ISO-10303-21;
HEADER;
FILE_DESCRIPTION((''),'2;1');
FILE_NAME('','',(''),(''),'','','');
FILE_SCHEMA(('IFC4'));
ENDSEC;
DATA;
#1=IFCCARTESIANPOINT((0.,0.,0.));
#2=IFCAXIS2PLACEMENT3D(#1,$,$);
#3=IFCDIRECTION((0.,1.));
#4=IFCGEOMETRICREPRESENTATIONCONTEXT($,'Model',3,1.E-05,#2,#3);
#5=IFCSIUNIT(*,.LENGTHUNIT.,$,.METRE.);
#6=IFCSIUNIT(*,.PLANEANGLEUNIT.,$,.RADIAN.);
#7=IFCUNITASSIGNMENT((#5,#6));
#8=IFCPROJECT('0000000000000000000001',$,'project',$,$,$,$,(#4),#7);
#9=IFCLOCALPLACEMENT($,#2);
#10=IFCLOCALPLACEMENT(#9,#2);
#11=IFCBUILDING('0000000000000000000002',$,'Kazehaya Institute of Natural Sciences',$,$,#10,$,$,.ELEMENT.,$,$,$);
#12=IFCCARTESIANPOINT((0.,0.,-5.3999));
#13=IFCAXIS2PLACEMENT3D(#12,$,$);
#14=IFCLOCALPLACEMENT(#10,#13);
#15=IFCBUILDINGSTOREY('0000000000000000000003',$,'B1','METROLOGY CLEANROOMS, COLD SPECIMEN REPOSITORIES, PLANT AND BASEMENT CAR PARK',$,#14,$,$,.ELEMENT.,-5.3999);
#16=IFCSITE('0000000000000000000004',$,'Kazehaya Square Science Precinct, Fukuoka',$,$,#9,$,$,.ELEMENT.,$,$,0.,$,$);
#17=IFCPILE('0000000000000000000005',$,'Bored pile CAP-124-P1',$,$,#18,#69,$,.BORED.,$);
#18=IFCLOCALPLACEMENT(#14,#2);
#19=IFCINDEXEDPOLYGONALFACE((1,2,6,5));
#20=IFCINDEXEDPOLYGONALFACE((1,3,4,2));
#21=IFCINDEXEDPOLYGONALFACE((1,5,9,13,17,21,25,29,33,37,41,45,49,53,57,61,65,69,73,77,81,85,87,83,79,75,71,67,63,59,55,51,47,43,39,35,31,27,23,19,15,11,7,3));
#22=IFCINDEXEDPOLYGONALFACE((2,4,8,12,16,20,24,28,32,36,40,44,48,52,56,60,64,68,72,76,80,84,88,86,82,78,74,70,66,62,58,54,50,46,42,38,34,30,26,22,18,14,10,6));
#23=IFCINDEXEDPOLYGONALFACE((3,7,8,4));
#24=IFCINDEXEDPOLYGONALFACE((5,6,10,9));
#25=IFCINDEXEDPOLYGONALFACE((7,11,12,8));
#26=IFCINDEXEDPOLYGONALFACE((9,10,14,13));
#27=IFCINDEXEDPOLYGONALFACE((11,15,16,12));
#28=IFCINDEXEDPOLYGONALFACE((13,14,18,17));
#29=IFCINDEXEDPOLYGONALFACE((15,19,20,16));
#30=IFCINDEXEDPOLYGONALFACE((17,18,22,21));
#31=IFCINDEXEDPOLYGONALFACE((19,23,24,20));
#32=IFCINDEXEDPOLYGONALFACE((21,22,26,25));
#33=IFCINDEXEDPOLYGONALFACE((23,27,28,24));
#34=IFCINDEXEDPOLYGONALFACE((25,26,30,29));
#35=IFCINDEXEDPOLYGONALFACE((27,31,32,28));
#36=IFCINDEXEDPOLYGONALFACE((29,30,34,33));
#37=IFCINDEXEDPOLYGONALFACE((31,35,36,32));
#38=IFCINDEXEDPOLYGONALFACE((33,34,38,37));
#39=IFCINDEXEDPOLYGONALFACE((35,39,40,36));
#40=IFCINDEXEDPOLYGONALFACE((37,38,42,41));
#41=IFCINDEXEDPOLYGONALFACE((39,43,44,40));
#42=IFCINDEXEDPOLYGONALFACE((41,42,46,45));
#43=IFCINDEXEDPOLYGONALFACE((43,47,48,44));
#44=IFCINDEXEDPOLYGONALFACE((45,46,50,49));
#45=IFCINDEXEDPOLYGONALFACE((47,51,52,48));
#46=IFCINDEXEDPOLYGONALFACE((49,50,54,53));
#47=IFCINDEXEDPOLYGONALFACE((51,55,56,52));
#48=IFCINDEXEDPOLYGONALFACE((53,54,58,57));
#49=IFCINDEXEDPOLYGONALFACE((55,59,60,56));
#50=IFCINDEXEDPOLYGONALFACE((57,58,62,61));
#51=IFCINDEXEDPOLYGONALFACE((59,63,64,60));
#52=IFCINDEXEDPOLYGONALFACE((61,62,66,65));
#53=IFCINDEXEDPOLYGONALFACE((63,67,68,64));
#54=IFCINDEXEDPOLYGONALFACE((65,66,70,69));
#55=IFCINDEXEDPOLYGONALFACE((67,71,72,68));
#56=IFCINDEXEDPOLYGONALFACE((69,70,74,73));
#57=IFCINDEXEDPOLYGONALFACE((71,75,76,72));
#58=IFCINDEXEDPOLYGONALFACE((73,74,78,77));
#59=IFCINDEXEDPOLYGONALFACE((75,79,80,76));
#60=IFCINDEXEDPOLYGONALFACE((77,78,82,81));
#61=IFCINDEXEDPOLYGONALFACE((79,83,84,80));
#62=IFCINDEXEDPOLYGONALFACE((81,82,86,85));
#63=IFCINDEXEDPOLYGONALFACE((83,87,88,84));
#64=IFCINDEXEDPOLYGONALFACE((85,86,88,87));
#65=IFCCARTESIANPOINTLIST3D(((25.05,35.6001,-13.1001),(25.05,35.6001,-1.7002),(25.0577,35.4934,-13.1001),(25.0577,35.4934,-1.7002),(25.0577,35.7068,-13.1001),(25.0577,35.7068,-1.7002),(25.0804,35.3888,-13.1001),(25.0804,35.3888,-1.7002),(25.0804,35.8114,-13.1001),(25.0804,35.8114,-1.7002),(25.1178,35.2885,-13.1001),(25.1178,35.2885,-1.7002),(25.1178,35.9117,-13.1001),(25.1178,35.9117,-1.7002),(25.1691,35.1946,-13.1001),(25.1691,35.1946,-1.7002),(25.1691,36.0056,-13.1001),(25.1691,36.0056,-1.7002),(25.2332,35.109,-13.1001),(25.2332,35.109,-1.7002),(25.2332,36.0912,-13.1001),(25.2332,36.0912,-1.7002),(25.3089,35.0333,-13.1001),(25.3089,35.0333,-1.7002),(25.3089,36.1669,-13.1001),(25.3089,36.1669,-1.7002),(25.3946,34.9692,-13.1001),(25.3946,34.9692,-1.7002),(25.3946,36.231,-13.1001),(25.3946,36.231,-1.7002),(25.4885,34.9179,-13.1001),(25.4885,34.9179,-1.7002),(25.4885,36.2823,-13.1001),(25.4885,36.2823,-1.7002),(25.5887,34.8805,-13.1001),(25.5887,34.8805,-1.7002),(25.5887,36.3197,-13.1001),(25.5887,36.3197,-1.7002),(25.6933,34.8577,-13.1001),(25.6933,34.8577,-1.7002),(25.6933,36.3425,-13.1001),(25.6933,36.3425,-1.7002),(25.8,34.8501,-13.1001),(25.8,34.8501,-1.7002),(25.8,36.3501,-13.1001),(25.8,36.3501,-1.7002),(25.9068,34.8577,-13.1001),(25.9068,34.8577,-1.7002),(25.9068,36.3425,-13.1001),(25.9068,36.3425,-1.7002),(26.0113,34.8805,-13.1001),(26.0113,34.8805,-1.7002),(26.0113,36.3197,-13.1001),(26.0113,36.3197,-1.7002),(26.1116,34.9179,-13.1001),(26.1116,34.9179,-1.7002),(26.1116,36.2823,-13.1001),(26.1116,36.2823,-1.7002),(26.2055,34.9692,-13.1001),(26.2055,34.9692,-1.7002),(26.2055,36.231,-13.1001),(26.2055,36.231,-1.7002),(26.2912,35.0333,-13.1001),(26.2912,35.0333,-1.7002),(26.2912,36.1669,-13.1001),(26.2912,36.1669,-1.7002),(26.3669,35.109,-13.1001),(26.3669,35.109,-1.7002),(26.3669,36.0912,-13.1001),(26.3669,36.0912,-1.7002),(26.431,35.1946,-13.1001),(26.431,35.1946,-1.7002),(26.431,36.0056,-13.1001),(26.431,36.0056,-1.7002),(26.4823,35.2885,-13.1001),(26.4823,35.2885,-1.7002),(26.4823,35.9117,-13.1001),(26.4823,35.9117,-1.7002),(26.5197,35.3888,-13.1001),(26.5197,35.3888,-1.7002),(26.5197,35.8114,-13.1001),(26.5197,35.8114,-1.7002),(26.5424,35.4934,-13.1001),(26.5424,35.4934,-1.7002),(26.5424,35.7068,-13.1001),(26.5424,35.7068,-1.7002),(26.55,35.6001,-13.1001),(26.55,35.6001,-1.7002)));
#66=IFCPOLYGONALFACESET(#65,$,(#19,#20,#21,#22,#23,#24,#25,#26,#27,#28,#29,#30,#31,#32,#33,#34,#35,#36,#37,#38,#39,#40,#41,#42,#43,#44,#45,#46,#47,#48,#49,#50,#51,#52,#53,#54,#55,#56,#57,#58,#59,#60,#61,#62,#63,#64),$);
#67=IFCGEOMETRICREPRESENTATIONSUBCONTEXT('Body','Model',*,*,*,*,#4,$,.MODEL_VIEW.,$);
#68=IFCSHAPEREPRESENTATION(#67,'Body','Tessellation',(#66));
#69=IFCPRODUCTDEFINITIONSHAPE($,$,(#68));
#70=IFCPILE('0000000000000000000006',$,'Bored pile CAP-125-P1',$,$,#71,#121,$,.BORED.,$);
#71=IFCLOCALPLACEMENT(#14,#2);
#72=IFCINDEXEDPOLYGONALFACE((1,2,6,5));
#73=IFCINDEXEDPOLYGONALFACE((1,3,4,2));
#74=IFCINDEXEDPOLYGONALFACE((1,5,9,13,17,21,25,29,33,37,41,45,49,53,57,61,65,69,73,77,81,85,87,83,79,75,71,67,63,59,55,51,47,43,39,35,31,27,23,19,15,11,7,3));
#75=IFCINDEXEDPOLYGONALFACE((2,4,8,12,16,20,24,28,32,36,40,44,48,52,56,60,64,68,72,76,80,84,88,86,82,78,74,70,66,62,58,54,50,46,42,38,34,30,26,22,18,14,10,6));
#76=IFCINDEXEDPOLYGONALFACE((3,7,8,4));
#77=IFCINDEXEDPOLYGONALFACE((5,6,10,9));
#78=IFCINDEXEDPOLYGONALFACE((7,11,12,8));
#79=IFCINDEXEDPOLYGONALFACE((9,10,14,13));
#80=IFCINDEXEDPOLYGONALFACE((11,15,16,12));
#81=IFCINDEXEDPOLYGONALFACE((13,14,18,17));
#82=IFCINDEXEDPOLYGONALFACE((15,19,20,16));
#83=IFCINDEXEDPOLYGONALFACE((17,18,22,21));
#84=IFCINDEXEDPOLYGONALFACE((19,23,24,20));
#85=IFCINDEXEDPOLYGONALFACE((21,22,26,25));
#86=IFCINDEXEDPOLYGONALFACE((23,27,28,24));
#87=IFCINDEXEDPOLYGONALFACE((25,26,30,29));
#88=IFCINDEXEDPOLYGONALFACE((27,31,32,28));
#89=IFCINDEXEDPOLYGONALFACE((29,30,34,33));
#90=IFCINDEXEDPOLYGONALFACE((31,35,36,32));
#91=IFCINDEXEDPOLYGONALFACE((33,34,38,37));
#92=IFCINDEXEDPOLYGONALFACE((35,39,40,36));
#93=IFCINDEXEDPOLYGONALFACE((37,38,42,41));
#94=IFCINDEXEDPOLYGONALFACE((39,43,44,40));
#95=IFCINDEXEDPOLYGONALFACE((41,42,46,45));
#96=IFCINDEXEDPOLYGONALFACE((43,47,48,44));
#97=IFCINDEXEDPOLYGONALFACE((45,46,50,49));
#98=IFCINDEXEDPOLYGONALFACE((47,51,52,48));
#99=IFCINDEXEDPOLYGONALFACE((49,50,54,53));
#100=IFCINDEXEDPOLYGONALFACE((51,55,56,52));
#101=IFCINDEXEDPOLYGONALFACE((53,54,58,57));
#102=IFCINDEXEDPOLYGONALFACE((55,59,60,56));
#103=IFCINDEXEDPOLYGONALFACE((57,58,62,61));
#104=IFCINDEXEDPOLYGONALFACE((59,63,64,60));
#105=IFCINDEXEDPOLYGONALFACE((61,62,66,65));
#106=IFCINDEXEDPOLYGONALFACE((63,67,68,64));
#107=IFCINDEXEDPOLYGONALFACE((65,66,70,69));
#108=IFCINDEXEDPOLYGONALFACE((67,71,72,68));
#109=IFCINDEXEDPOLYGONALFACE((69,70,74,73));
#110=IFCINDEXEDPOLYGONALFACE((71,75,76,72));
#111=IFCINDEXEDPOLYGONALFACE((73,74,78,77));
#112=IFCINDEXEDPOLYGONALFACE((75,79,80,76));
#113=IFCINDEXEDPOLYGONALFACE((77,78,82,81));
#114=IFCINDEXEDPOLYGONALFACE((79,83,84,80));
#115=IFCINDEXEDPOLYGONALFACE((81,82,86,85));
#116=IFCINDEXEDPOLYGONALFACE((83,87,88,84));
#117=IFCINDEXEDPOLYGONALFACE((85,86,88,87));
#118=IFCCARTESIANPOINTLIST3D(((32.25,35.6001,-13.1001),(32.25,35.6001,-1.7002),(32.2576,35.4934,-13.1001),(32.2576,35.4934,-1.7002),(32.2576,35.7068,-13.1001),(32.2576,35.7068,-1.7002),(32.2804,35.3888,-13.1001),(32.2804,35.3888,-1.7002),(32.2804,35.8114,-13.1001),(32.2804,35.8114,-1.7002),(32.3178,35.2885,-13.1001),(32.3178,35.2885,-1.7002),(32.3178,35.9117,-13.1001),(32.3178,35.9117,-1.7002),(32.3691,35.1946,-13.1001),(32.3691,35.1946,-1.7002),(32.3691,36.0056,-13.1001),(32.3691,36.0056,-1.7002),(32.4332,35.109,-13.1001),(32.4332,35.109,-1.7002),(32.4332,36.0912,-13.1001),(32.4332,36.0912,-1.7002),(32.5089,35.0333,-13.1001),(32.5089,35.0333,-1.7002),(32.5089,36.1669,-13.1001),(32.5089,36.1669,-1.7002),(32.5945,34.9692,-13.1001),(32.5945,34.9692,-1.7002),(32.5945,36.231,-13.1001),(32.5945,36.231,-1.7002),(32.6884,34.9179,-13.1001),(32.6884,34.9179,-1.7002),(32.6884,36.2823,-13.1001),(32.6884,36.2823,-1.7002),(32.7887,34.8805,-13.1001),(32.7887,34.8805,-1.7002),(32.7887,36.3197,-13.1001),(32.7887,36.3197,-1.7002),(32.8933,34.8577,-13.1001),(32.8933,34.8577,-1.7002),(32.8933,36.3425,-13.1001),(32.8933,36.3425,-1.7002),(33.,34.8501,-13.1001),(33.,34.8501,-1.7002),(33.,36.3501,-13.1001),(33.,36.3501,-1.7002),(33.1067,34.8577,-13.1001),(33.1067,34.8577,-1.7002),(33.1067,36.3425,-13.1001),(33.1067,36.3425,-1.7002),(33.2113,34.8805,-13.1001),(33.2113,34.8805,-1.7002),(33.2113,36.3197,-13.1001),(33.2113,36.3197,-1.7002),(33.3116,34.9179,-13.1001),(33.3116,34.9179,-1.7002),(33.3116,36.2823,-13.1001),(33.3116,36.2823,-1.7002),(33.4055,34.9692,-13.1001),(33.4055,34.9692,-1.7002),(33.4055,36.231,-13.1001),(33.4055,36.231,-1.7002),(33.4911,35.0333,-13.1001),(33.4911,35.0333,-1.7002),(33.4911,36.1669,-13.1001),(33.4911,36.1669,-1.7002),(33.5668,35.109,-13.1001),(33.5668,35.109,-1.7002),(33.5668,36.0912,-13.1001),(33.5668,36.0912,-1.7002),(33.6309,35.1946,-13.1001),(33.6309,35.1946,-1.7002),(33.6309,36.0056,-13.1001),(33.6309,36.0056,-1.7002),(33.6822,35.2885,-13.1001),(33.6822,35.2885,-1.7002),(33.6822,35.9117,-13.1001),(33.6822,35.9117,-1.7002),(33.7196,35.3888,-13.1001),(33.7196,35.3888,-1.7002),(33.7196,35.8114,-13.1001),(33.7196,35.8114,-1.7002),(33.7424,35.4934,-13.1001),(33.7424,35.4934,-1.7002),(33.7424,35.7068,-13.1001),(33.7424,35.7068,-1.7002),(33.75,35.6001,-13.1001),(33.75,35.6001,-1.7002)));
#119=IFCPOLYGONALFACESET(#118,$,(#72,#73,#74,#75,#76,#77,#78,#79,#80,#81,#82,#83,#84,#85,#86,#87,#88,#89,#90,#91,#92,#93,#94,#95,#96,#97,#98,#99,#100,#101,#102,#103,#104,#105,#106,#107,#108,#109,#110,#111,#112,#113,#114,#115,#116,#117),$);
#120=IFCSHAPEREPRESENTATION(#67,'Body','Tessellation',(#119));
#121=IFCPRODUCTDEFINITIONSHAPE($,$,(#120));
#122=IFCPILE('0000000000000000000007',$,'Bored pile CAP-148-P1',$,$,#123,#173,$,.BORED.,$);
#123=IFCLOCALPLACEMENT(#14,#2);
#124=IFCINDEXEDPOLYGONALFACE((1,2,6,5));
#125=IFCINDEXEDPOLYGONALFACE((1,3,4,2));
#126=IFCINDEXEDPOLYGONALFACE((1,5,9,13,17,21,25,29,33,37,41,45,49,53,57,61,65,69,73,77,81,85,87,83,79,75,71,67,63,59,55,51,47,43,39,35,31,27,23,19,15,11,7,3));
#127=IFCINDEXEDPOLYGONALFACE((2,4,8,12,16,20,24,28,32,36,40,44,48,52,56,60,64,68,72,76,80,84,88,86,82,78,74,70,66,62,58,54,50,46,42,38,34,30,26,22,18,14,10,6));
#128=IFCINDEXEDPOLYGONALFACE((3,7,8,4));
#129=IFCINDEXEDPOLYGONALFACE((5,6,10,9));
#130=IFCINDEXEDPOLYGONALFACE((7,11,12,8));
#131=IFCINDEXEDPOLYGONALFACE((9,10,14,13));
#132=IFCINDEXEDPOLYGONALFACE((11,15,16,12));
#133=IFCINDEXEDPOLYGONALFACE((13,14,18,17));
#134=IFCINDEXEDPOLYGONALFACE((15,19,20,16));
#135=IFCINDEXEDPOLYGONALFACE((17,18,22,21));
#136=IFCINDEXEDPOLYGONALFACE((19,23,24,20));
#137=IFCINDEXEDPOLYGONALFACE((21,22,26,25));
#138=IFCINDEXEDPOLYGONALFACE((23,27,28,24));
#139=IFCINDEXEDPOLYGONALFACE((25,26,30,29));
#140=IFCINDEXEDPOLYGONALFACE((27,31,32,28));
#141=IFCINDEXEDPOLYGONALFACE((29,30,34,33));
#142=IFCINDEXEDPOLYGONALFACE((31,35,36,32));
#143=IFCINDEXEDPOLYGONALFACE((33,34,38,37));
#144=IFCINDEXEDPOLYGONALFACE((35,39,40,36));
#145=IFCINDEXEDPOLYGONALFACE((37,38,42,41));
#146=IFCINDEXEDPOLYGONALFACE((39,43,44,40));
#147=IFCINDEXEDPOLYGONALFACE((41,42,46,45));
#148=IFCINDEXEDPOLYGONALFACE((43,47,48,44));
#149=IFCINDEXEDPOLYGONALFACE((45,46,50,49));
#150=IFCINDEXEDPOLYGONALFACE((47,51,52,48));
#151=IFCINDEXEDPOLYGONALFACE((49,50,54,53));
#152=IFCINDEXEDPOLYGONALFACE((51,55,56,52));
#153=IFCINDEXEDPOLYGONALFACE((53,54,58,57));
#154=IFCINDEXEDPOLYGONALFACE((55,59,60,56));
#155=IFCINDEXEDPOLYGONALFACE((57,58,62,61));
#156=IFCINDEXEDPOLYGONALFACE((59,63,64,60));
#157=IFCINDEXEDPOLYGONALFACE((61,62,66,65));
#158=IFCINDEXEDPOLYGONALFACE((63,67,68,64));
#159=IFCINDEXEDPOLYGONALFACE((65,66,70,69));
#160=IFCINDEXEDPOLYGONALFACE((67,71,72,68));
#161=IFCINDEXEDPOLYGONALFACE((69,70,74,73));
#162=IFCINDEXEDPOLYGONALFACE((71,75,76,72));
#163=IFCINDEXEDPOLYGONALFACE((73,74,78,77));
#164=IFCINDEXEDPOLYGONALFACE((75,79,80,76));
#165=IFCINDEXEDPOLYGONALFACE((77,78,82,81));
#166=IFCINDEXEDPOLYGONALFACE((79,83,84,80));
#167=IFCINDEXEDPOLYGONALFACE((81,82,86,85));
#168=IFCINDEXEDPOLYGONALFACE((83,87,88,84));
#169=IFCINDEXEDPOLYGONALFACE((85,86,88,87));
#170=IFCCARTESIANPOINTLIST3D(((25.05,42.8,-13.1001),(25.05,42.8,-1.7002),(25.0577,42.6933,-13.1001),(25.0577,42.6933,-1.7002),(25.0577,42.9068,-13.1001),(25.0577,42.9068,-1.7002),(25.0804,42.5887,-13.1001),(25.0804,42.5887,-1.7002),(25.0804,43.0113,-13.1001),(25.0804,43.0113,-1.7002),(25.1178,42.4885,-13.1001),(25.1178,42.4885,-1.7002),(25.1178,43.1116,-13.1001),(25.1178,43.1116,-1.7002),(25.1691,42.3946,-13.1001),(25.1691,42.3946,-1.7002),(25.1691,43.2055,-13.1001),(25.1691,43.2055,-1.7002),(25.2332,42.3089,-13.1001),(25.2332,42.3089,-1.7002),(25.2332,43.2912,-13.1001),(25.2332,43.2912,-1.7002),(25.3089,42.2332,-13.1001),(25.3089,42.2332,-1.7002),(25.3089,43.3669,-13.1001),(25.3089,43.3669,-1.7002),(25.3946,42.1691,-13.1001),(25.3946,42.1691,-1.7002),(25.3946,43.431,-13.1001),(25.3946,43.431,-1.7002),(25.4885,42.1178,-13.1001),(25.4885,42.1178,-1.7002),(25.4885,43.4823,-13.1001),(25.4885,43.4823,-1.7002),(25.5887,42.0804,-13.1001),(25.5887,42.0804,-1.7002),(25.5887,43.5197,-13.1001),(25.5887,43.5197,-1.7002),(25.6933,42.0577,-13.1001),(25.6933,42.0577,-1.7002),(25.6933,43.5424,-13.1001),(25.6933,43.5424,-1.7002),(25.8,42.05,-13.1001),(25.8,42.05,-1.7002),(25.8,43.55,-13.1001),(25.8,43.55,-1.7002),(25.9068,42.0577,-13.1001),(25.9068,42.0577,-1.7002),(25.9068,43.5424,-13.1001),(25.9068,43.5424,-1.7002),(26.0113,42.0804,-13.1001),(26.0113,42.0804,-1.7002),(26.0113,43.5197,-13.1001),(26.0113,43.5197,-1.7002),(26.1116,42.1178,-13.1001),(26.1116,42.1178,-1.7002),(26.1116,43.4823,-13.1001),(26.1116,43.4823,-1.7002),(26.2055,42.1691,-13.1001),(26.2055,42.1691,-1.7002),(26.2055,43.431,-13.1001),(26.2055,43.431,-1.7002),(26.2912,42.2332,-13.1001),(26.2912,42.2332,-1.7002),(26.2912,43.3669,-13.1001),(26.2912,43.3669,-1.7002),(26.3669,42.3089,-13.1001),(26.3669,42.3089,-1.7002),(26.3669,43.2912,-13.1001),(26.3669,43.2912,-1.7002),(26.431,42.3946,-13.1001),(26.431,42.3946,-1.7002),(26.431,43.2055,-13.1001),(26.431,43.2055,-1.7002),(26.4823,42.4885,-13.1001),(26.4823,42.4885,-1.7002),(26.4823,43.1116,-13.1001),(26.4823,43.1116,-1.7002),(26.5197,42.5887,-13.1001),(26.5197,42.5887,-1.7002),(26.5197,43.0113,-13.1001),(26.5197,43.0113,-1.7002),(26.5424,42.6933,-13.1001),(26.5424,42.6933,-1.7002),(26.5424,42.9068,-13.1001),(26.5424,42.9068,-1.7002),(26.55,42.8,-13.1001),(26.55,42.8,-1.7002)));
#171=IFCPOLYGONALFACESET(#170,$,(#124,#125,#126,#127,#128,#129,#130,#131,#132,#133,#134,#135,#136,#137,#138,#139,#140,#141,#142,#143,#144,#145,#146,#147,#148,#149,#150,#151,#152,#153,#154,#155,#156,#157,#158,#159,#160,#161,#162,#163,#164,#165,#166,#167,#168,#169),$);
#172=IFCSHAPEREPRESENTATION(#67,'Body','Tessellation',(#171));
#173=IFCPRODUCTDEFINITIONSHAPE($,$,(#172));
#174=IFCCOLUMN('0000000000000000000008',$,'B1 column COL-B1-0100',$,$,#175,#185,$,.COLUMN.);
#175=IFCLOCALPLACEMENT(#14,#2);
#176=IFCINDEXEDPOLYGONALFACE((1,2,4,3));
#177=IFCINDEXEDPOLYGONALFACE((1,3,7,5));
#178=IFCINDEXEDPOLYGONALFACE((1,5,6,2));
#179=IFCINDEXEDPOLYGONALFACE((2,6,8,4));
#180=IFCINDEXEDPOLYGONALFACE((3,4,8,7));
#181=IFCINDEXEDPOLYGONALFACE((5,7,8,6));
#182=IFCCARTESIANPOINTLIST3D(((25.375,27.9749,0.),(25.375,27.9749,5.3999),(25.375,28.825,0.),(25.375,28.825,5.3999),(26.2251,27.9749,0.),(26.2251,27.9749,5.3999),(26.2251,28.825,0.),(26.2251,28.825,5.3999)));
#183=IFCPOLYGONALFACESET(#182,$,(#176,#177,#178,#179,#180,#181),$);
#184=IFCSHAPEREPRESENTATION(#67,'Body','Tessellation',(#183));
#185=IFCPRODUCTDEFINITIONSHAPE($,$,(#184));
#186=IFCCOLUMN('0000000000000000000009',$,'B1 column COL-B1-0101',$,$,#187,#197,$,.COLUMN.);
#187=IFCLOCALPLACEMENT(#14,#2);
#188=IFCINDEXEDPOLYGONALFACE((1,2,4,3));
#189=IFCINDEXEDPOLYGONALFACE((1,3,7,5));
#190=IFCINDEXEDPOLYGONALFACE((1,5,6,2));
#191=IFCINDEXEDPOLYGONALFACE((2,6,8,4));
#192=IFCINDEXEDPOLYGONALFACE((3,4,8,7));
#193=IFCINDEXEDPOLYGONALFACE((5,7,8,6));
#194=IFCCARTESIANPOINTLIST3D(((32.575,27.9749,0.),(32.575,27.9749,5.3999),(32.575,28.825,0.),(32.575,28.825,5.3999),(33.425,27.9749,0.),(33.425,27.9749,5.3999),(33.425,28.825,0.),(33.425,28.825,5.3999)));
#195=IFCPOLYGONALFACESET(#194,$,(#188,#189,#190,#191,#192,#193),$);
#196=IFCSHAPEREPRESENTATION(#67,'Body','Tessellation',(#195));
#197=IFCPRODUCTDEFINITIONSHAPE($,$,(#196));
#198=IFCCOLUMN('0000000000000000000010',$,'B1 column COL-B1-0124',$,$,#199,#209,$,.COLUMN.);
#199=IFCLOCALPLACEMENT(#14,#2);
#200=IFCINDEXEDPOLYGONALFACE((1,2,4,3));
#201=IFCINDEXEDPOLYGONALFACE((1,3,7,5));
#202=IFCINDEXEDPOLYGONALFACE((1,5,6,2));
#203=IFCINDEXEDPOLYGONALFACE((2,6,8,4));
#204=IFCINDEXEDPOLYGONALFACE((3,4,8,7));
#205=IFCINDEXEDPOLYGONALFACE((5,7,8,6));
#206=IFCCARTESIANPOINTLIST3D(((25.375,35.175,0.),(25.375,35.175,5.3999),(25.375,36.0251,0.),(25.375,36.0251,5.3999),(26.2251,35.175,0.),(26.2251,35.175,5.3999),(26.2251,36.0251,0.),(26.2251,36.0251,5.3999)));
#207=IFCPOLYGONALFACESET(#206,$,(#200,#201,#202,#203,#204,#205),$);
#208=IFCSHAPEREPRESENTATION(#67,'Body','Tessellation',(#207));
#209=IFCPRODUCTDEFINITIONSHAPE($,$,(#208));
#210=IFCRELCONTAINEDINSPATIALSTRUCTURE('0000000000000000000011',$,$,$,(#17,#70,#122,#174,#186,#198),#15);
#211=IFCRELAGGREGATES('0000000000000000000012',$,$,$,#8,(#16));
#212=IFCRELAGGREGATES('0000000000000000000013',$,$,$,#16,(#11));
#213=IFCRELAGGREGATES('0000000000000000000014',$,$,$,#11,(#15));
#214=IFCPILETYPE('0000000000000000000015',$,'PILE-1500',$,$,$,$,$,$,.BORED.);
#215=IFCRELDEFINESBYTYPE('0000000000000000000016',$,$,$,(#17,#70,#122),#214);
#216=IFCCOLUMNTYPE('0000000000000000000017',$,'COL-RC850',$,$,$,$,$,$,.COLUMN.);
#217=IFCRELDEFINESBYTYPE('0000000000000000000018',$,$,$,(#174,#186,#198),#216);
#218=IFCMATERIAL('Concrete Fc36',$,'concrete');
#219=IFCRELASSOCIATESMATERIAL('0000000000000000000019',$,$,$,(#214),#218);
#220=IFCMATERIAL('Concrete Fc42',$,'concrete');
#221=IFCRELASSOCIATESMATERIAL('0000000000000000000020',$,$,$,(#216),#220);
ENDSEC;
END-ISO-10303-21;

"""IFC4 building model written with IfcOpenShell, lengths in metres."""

from ifc_helpers import new_model, si_unit, direction, frame, origin, origin_2d, place, context, subcontext, project, spatial, rectangle, circle, extrude, material, material_profile, profile_set, type_object, element, save


model = new_model("IFC4")

# Units and contexts
model_context = context("Model", 3, precision=1e-05, world=origin(), true_north=direction((0.0, 1.0)))
body_context = subcontext(model_context, "Body", "Model", "MODEL_VIEW")
ifc_project = project(units=[si_unit("LENGTHUNIT", "METRE"), si_unit("PLANEANGLEUNIT", "RADIAN")], contexts=[model_context])

# Site, building, storey
site_placement = place(None, origin())
site = spatial("IfcSite", under=ifc_project, at=site_placement, Name="Kazehaya Square Science Precinct, Fukuoka", CompositionType="ELEMENT", RefElevation=0.0)
building_placement = place(site_placement, origin())
building = spatial("IfcBuilding", under=site, at=building_placement, Name="Kazehaya Institute of Natural Sciences", CompositionType="ELEMENT")
storey_placement = place(building_placement, frame((0.0, 0.0, -5.3999)))
storey = spatial("IfcBuildingStorey", under=building, at=storey_placement, Name="B1", Description="METROLOGY CLEANROOMS, COLD SPECIMEN REPOSITORIES, PLANT AND BASEMENT CAR PARK", CompositionType="ELEMENT", Elevation=-5.3999)

# Shared definitions
ifc_material_1 = material(Name="Concrete Fc36", Category="concrete")

# Piles
ifc_material_profile_1 = material_profile(ifc_material_1, circle(Radius=0.75, at=origin_2d()), Name="PILE-1500")
ifc_profile_set_1 = profile_set([ifc_material_profile_1], Name="Concrete Fc36")
pile_type = type_object("IfcPileType", Name="PILE-1500", PredefinedType="BORED", material=ifc_profile_set_1)
for number, where, z_axis, x_axis, name in (
    (1, (25.8, 35.6001, -1.7002), (0.0, 0.0, -1.0), (1.0, 0.0, 0.0), "Bored pile CAP-124-P1"),
    (2, (33.0, 35.6001, -1.7002), (0.0, 0.0, -1.0), (1.0, 0.0, 0.0), "Bored pile CAP-125-P1"),
    (3, (25.8, 42.8, -1.7002), (0.0, 0.0, -1.0), (1.0, 0.0, 0.0), "Bored pile CAP-148-P1"),
):
    element("IfcPile", number, at=place(storey_placement, frame(where, z_axis=z_axis, x_axis=x_axis)), inside=storey, type_object=pile_type, Name=name, PredefinedType="BORED", context=body_context, shape_type="SweptSolid", body=[
        extrude(circle(Radius=0.75, at=origin_2d()), origin(), (0.0, 0.0, 1.0), 11.3999),
    ])

# Columns
ifc_material_2 = material(Name="Concrete Fc42", Category="concrete")
ifc_material_profile_2 = material_profile(ifc_material_2, rectangle(XDim=0.8501, YDim=0.8501, at=origin_2d()), Name="RC-850x850")
ifc_profile_set_2 = profile_set([ifc_material_profile_2], Name="Concrete Fc42")
column_type = type_object("IfcColumnType", Name="COL-RC850", PredefinedType="COLUMN", material=ifc_profile_set_2)
for number, where, z_axis, x_axis, name in (
    (4, (25.8, 28.3999, 0.0), (0.0, 0.0, 1.0), (1.0, 0.0, 0.0), "B1 column COL-B1-0100"),
    (5, (33.0, 28.3999, 0.0), (0.0, 0.0, 1.0), (1.0, 0.0, 0.0), "B1 column COL-B1-0101"),
    (6, (25.8, 35.6001, 0.0), (0.0, 0.0, 1.0), (1.0, 0.0, 0.0), "B1 column COL-B1-0124"),
):
    element("IfcColumn", number, at=place(storey_placement, frame(where, z_axis=z_axis, x_axis=x_axis)), inside=storey, type_object=column_type, Name=name, PredefinedType="COLUMN", context=body_context, shape_type="SweptSolid", body=[
        extrude(rectangle(XDim=0.8501, YDim=0.8501, at=origin_2d()), origin(), (0.0, 0.0, 1.0), 5.3999),
    ])

save(model, "model.ifc")
